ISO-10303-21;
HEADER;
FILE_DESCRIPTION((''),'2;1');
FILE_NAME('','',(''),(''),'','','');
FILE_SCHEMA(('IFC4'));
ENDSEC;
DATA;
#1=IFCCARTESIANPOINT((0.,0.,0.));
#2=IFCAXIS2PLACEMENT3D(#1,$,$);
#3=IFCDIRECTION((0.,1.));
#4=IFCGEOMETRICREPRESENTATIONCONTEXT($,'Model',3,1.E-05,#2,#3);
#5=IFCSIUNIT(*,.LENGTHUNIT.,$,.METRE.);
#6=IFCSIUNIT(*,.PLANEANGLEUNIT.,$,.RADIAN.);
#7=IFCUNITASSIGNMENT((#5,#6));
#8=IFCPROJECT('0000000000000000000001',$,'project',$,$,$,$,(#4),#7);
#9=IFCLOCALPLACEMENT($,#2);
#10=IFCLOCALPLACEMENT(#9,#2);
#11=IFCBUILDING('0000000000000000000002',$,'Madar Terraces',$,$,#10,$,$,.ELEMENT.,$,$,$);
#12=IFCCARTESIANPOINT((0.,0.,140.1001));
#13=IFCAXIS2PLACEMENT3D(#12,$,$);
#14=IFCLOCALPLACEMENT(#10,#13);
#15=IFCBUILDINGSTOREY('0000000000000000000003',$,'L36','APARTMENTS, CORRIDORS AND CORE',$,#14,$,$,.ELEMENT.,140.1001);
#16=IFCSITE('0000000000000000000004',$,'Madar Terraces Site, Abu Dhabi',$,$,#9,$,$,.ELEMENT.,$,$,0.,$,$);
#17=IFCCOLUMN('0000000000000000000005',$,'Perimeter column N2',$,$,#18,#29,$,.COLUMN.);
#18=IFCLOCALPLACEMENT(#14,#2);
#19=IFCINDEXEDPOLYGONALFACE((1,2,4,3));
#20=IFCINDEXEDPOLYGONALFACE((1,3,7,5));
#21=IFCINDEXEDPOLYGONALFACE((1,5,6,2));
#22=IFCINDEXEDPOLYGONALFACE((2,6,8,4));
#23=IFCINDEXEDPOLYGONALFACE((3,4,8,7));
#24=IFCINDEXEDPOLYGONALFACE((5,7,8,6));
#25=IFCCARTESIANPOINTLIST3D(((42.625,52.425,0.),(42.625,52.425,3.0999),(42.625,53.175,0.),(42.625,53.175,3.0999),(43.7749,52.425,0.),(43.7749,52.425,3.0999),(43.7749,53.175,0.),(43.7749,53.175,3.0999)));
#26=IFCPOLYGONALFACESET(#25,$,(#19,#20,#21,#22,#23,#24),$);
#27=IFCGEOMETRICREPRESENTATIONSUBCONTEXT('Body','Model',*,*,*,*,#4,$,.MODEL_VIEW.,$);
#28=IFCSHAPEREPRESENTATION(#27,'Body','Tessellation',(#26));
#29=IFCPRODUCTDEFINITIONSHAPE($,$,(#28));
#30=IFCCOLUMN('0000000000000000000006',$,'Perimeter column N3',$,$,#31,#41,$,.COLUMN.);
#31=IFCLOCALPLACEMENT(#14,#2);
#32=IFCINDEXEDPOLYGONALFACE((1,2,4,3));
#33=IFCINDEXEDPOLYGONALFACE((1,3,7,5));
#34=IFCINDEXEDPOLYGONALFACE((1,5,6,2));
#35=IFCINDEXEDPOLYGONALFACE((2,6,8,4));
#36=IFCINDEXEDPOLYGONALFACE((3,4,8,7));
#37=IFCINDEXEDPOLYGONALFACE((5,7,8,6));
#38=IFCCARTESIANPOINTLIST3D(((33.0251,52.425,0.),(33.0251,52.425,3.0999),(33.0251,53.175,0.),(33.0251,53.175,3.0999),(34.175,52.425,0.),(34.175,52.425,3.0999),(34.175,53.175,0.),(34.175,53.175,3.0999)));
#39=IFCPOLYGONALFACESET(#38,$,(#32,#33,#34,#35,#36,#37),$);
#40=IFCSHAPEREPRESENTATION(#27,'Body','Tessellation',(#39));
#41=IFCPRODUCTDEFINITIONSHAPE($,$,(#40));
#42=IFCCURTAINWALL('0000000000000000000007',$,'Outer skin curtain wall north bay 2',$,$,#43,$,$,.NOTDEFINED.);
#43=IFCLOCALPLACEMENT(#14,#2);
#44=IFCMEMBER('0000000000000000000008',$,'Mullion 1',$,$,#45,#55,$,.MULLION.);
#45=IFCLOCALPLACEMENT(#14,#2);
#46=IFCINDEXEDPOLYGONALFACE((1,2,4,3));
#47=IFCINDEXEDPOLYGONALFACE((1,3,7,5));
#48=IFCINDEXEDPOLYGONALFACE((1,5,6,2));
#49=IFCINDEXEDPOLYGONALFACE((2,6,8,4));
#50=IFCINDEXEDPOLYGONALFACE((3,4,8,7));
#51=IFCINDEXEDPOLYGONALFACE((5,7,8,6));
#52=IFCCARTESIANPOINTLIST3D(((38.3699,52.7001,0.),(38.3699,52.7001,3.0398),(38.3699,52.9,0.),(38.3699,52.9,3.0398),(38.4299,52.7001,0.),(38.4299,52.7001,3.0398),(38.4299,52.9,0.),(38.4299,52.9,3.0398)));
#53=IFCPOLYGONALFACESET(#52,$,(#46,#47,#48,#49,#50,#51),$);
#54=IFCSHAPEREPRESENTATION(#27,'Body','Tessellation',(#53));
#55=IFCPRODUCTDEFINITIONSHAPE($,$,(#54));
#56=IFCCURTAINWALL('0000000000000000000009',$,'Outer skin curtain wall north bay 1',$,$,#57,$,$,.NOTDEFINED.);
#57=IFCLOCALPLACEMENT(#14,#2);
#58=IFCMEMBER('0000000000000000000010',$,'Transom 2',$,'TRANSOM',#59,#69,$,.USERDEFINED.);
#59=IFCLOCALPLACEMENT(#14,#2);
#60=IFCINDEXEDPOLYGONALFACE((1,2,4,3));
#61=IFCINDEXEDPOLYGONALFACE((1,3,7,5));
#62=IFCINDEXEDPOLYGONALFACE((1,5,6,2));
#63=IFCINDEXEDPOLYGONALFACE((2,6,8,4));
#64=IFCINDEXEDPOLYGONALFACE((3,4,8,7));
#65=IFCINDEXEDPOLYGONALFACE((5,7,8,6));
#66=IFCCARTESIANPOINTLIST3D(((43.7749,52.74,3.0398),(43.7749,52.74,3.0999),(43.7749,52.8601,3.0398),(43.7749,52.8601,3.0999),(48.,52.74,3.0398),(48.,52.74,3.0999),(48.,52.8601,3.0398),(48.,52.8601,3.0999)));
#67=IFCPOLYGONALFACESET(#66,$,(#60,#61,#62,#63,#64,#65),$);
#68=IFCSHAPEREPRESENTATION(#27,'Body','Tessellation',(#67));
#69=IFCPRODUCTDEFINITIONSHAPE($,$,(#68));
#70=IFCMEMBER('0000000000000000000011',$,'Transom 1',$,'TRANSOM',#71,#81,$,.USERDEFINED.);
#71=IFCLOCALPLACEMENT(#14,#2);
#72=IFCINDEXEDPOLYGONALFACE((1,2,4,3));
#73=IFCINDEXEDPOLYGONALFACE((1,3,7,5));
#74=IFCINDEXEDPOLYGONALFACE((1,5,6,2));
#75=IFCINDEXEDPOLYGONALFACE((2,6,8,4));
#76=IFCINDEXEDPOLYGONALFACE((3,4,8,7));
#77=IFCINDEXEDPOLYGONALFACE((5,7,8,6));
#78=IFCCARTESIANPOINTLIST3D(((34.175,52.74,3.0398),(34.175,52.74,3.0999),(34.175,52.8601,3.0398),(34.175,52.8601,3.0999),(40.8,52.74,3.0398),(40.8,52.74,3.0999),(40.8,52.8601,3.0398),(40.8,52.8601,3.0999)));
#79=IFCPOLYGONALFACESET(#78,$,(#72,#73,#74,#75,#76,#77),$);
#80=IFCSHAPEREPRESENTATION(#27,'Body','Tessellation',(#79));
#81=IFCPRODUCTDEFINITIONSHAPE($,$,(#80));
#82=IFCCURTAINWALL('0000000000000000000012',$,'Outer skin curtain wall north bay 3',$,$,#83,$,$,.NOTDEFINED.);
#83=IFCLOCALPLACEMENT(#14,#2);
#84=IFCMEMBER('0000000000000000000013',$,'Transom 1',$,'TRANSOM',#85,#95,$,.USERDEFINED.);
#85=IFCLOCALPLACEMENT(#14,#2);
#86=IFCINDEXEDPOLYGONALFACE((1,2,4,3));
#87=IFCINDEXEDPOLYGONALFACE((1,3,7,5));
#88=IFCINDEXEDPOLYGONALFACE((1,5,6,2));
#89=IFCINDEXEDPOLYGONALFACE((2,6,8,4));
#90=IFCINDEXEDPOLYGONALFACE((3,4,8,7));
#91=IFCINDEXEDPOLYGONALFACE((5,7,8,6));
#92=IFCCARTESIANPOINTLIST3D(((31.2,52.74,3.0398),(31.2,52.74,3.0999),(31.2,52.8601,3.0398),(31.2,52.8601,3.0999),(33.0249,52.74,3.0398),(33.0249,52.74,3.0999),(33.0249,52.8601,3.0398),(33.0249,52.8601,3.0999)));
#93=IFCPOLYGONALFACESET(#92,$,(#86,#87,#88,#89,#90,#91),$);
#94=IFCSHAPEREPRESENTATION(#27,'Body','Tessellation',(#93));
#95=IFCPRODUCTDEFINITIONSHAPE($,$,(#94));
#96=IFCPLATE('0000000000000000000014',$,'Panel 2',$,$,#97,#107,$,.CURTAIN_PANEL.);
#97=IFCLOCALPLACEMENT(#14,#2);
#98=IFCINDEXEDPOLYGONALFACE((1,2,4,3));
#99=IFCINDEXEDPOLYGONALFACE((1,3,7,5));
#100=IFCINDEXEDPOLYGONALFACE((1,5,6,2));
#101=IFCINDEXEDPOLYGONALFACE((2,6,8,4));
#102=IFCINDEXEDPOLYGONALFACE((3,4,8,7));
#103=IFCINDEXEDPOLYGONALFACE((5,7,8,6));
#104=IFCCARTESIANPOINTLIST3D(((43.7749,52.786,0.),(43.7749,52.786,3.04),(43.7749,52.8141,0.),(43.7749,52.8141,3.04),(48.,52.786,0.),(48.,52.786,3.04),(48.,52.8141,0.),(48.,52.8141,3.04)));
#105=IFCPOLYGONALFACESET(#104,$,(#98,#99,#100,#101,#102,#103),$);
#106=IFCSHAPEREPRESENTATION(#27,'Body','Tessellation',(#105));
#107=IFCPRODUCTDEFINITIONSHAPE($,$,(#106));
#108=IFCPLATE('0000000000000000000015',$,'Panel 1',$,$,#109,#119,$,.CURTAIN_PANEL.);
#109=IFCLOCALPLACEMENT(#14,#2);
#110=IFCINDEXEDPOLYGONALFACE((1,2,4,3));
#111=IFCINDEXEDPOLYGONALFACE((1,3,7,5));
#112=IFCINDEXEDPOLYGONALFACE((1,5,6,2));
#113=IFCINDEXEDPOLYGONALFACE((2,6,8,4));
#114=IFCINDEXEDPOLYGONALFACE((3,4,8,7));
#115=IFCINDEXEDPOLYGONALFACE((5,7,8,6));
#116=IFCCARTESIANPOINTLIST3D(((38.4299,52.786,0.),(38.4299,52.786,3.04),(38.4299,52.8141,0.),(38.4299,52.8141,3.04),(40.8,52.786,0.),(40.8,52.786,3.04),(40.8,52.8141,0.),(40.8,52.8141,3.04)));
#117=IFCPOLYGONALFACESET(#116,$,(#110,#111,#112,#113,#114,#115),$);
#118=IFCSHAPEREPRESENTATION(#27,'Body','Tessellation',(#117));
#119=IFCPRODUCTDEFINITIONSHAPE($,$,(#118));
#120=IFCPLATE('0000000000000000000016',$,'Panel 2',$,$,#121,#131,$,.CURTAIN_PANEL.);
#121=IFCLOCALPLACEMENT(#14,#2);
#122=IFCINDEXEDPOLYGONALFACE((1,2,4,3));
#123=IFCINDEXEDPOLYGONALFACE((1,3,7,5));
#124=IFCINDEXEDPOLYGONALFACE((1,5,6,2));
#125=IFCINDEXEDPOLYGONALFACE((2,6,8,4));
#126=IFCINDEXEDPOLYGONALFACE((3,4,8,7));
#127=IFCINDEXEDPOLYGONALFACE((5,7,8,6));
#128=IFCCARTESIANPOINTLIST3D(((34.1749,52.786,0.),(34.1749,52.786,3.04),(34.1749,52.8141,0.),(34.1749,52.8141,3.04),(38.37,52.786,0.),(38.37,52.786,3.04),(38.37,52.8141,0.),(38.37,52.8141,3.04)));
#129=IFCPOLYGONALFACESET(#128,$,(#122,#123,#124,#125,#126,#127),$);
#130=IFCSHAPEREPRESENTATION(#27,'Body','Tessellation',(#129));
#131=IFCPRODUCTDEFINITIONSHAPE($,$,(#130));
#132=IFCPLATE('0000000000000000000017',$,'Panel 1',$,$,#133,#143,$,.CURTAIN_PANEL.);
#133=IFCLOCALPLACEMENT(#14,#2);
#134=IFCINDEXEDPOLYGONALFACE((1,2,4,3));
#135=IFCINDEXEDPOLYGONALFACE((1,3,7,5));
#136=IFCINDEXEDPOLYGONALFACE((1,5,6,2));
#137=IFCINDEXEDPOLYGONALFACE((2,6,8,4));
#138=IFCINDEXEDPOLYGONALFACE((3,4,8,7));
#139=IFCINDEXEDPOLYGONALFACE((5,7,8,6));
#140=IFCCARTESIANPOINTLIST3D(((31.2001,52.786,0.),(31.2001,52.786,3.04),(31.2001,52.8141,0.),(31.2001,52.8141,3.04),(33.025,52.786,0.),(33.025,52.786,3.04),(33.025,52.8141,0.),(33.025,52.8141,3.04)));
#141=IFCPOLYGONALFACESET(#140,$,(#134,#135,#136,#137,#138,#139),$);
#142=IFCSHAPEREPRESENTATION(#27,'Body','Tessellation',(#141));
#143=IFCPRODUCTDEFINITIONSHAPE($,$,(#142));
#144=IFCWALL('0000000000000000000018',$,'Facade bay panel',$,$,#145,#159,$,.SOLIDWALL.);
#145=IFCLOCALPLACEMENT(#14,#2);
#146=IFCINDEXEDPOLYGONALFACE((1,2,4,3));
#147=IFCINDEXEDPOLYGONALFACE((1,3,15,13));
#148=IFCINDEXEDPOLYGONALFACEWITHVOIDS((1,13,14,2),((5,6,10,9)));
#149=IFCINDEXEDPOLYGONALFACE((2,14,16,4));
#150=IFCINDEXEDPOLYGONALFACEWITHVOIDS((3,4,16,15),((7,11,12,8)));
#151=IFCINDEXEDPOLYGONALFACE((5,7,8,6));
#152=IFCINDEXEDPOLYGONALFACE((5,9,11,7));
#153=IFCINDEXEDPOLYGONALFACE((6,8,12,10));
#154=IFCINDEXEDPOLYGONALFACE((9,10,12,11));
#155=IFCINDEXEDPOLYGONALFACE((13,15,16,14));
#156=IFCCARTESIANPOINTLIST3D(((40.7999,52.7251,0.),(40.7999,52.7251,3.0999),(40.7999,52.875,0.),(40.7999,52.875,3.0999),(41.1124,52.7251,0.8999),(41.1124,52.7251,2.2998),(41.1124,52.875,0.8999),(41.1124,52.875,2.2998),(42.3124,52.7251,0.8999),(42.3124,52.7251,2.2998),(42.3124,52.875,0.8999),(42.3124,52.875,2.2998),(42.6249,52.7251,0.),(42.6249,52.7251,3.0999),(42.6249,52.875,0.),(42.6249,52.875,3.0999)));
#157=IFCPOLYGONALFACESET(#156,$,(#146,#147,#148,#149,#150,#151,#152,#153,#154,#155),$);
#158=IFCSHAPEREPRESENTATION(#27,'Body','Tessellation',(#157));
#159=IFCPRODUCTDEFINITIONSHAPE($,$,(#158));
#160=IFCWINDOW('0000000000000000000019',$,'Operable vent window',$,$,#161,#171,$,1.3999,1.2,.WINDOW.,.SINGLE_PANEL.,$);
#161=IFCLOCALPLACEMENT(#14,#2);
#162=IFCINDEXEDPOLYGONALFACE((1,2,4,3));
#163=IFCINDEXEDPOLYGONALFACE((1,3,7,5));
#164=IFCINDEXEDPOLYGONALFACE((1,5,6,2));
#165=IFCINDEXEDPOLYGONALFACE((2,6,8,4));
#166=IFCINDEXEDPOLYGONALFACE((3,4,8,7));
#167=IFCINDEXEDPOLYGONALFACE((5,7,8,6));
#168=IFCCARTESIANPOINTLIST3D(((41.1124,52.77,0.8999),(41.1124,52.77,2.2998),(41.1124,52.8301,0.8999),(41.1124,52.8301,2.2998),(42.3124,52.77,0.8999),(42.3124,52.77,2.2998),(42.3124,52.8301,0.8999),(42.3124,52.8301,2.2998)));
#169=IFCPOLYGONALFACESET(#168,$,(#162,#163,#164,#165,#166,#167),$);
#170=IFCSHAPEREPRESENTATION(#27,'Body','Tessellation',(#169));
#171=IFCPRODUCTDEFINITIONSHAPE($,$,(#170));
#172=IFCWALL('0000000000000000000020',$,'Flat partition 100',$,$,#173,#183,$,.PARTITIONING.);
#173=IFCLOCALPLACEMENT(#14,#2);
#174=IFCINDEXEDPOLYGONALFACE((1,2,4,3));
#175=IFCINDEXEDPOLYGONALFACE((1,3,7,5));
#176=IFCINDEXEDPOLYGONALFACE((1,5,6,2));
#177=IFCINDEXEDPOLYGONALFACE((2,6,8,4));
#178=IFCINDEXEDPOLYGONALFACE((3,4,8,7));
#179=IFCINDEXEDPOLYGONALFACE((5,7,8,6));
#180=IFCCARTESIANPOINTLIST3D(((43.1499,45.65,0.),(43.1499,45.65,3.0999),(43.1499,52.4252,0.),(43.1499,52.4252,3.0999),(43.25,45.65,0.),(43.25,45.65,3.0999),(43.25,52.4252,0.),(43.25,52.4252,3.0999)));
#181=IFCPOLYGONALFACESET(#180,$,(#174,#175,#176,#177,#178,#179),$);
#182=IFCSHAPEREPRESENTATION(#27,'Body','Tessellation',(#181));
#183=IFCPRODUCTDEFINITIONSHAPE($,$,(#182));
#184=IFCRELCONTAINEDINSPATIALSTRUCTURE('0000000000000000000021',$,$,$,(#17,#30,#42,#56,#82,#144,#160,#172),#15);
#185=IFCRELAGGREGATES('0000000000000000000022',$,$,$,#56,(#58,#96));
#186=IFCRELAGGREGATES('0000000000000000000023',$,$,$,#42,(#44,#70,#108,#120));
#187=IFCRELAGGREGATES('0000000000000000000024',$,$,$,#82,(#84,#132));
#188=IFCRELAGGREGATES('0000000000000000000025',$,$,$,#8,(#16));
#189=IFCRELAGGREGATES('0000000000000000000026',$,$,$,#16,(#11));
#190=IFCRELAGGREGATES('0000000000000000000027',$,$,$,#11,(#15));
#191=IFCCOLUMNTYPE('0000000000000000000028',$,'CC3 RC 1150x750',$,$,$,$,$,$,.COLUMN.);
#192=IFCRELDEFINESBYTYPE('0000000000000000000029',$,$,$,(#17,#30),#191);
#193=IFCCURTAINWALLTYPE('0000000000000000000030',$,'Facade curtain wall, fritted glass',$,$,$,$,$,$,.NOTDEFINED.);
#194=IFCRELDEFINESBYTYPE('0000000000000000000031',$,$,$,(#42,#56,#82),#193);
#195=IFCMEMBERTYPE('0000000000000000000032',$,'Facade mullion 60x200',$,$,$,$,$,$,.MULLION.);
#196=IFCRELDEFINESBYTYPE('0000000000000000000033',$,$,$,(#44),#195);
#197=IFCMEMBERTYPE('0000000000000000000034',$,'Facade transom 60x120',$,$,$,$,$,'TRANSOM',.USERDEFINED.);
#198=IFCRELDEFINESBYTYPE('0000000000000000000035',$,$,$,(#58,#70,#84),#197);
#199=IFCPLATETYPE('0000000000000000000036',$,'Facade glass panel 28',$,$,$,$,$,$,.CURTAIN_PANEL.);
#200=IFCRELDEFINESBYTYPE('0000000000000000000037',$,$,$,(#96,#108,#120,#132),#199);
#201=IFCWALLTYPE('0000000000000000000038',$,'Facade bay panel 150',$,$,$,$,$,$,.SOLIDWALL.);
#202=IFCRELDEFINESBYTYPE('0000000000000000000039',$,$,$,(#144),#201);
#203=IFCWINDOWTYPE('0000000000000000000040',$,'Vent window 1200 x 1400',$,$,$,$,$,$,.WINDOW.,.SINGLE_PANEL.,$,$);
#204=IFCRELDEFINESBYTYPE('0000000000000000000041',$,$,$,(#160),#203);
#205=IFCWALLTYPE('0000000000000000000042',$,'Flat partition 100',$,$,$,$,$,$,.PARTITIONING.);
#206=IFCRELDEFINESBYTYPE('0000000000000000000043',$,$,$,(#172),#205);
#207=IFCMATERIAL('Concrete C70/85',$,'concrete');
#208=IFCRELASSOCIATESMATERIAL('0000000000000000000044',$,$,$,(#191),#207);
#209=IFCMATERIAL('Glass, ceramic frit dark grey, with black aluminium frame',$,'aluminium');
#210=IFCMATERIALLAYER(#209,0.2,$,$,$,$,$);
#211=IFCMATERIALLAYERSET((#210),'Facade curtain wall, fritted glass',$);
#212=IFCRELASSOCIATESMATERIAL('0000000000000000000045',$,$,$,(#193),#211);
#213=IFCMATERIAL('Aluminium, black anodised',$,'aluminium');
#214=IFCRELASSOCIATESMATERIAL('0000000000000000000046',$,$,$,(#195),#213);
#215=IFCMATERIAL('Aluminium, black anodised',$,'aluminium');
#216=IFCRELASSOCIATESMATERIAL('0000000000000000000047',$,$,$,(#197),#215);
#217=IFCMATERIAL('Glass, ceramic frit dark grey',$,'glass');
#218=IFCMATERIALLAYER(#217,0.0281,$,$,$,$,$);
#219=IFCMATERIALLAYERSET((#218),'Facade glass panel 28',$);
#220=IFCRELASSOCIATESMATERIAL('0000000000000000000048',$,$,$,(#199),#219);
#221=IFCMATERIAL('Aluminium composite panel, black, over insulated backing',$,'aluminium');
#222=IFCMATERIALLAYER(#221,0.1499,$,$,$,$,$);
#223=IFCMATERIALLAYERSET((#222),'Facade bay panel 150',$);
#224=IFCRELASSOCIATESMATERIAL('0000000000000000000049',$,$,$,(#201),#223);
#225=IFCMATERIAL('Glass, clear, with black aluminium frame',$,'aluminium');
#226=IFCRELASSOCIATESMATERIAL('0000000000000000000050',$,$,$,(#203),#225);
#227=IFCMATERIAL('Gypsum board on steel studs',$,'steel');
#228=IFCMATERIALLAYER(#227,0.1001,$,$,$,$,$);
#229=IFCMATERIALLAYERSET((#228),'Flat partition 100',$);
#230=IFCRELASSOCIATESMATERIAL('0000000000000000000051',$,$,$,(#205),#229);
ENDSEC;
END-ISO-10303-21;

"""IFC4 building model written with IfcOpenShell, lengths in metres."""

from ifc_helpers import new_model, si_unit, direction, frame, frame_2d, origin, origin_2d, place, context, subcontext, project, spatial, rectangle, extrude, material, layer, layer_set, material_profile, profile_set, type_object, element, fill, aggregate, save


model = new_model("IFC4")

# Units and contexts
model_context = context("Model", 3, precision=1e-05, world=origin(), true_north=direction((0.0, 1.0)))
body_context = subcontext(model_context, "Body", "Model", "MODEL_VIEW")
ifc_project = project(units=[si_unit("LENGTHUNIT", "METRE"), si_unit("PLANEANGLEUNIT", "RADIAN")], contexts=[model_context])

# Site, building, storey
site_placement = place(None, origin())
site = spatial("IfcSite", under=ifc_project, at=site_placement, Name="Madar Terraces Site, Abu Dhabi", CompositionType="ELEMENT", RefElevation=0.0)
building_placement = place(site_placement, origin())
building = spatial("IfcBuilding", under=site, at=building_placement, Name="Madar Terraces", CompositionType="ELEMENT")
storey_placement = place(building_placement, frame((0.0, 0.0, 140.1001)))
storey = spatial("IfcBuildingStorey", under=building, at=storey_placement, Name="L36", Description="APARTMENTS, CORRIDORS AND CORE", CompositionType="ELEMENT", Elevation=140.1001)

# Columns
ifc_material_1 = material(Name="Concrete C70/85", Category="concrete")
ifc_material_profile_1 = material_profile(ifc_material_1, rectangle(XDim=1.1499, YDim=0.75, at=origin_2d()), Name="CC3 RC 1150x750")
ifc_profile_set_1 = profile_set([ifc_material_profile_1], Name="Concrete C70/85")
column_type = type_object("IfcColumnType", Name="CC3 RC 1150x750", PredefinedType="COLUMN", material=ifc_profile_set_1)
for number, where, z_axis, x_axis, name in (
    (1, (43.2, 52.8, 0.0), (0.0, 0.0, 1.0), (1.0, 0.0, 0.0), "Perimeter column N2"),
    (2, (33.6001, 52.8, 0.0), (0.0, 0.0, 1.0), (1.0, 0.0, 0.0), "Perimeter column N3"),
):
    element("IfcColumn", number, at=place(storey_placement, frame(where, z_axis=z_axis, x_axis=x_axis)), inside=storey, type_object=column_type, Name=name, PredefinedType="COLUMN", context=body_context, shape_type="SweptSolid", body=[
        extrude(rectangle(XDim=1.1499, YDim=0.75, at=origin_2d()), origin(), (0.0, 0.0, 1.0), 3.0999),
    ])

# Curtain walls, members
ifc_material_2 = material(Name="Glass, ceramic frit dark grey, with black aluminium frame", Category="aluminium")
ifc_layer_1 = layer(ifc_material_2, 0.2)
ifc_layer_set_1 = layer_set([ifc_layer_1], Name="Facade curtain wall, fritted glass")
curtain_wall_type = type_object("IfcCurtainWallType", Name="Facade curtain wall, fritted glass", PredefinedType="NOTDEFINED", material=ifc_layer_set_1)
curtain_wall_1_placement = place(storey_placement, origin())
curtain_wall_1 = element("IfcCurtainWall", 3, at=curtain_wall_1_placement, inside=storey, type_object=curtain_wall_type, Name="Outer skin curtain wall north bay 2", PredefinedType="NOTDEFINED")
ifc_material_3 = material(Name="Aluminium, black anodised", Category="aluminium")
ifc_material_profile_2 = material_profile(ifc_material_3, rectangle(XDim=0.2, YDim=0.0601, at=origin_2d()), Name="Facade mullion 60x200")
ifc_profile_set_2 = profile_set([ifc_material_profile_2], Name="Aluminium, black anodised")
member_type_1 = type_object("IfcMemberType", Name="Facade mullion 60x200", PredefinedType="MULLION", material=ifc_profile_set_2)
member_1_placement = place(storey_placement, frame((38.3999, 52.8, 0.0), z_axis=(0.0, 0.0, 1.0), x_axis=(0.0, -1.0, 0.0)))
member_1 = element("IfcMember", 4, at=member_1_placement, type_object=member_type_1, Name="Mullion 1", PredefinedType="MULLION", context=body_context, shape_type="SweptSolid", body=[
    extrude(rectangle(XDim=0.2, YDim=0.0601, at=origin_2d()), origin(), (0.0, 0.0, 1.0), 3.0398),
])
curtain_wall_2_placement = place(storey_placement, origin())
curtain_wall_2 = element("IfcCurtainWall", 5, at=curtain_wall_2_placement, inside=storey, type_object=curtain_wall_type, Name="Outer skin curtain wall north bay 1", PredefinedType="NOTDEFINED")
ifc_material_4 = material(Name="Aluminium, black anodised", Category="aluminium")
ifc_material_profile_3 = material_profile(ifc_material_4, rectangle(XDim=0.1201, YDim=0.0601, at=origin_2d()), Name="Facade transom 60x120")
ifc_profile_set_3 = profile_set([ifc_material_profile_3], Name="Aluminium, black anodised")
member_type_2 = type_object("IfcMemberType", Name="Facade transom 60x120", ElementType="TRANSOM", PredefinedType="USERDEFINED", material=ifc_profile_set_3)
member_2_placement = place(storey_placement, frame((48.0, 52.8, 3.0698), z_axis=(-1.0, 0.0, 0.0), x_axis=(0.0, -1.0, 0.0)))
member_2 = element("IfcMember", 6, at=member_2_placement, type_object=member_type_2, Name="Transom 2", ObjectType="TRANSOM", PredefinedType="USERDEFINED", context=body_context, shape_type="SweptSolid", body=[
    extrude(rectangle(XDim=0.1201, YDim=0.0601, at=origin_2d()), origin(), (0.0, 0.0, 1.0), 4.2251),
])

# Member
member_3_placement = place(storey_placement, frame((40.8, 52.8, 3.0698), z_axis=(-1.0, 0.0, 0.0), x_axis=(0.0, -1.0, 0.0)))
member_3 = element("IfcMember", 7, at=member_3_placement, type_object=member_type_2, Name="Transom 1", ObjectType="TRANSOM", PredefinedType="USERDEFINED", context=body_context, shape_type="SweptSolid", body=[
    extrude(rectangle(XDim=0.1201, YDim=0.0601, at=origin_2d()), origin(), (0.0, 0.0, 1.0), 6.625),
])

# Curtain wall, member
curtain_wall_3_placement = place(storey_placement, origin())
curtain_wall_3 = element("IfcCurtainWall", 8, at=curtain_wall_3_placement, inside=storey, type_object=curtain_wall_type, Name="Outer skin curtain wall north bay 3", PredefinedType="NOTDEFINED")
member_4_placement = place(storey_placement, frame((33.0249, 52.8, 3.0698), z_axis=(-1.0, 0.0, 0.0), x_axis=(0.0, -1.0, 0.0)))
member_4 = element("IfcMember", 9, at=member_4_placement, type_object=member_type_2, Name="Transom 1", ObjectType="TRANSOM", PredefinedType="USERDEFINED", context=body_context, shape_type="SweptSolid", body=[
    extrude(rectangle(XDim=0.1201, YDim=0.0601, at=origin_2d()), origin(), (0.0, 0.0, 1.0), 1.825),
])

# Plates
ifc_material_5 = material(Name="Glass, ceramic frit dark grey", Category="glass")
ifc_layer_2 = layer(ifc_material_5, 0.0281)
ifc_layer_set_2 = layer_set([ifc_layer_2], Name="Facade glass panel 28")
plate_type = type_object("IfcPlateType", Name="Facade glass panel 28", PredefinedType="CURTAIN_PANEL", material=ifc_layer_set_2)
plate_1_placement = place(storey_placement, frame((45.8875, 52.8, 0.0), z_axis=(0.0, 0.0, 1.0), x_axis=(-1.0, 0.0, 0.0)))
plate_1 = element("IfcPlate", 10, at=plate_1_placement, type_object=plate_type, Name="Panel 2", PredefinedType="CURTAIN_PANEL", context=body_context, shape_type="SweptSolid", body=[
    extrude(rectangle(XDim=4.2251, YDim=0.0281, at=origin_2d()), origin(), (0.0, 0.0, 1.0), 3.04),
])
aggregate(curtain_wall_2, [member_2, plate_1])
plate_2_placement = place(storey_placement, frame((39.615, 52.8, 0.0), z_axis=(0.0, 0.0, 1.0), x_axis=(-1.0, 0.0, 0.0)))
plate_2 = element("IfcPlate", 11, at=plate_2_placement, type_object=plate_type, Name="Panel 1", PredefinedType="CURTAIN_PANEL", context=body_context, shape_type="SweptSolid", body=[
    extrude(rectangle(XDim=2.3701, YDim=0.0281, at=origin_2d()), origin(), (0.0, 0.0, 1.0), 3.04),
])
plate_3_placement = place(storey_placement, frame((36.2725, 52.8, 0.0), z_axis=(0.0, 0.0, 1.0), x_axis=(-1.0, 0.0, 0.0)))
plate_3 = element("IfcPlate", 12, at=plate_3_placement, type_object=plate_type, Name="Panel 2", PredefinedType="CURTAIN_PANEL", context=body_context, shape_type="SweptSolid", body=[
    extrude(rectangle(XDim=4.1951, YDim=0.0281, at=origin_2d()), origin(), (0.0, 0.0, 1.0), 3.04),
])
aggregate(curtain_wall_1, [member_1, member_3, plate_2, plate_3])
plate_4_placement = place(storey_placement, frame((32.1125, 52.8, 0.0), z_axis=(0.0, 0.0, 1.0), x_axis=(-1.0, 0.0, 0.0)))
plate_4 = element("IfcPlate", 13, at=plate_4_placement, type_object=plate_type, Name="Panel 1", PredefinedType="CURTAIN_PANEL", context=body_context, shape_type="SweptSolid", body=[
    extrude(rectangle(XDim=1.825, YDim=0.0281, at=origin_2d()), origin(), (0.0, 0.0, 1.0), 3.04),
])
aggregate(curtain_wall_3, [member_4, plate_4])

# Wall, opening, window
ifc_material_6 = material(Name="Aluminium composite panel, black, over insulated backing", Category="aluminium")
ifc_layer_3 = layer(ifc_material_6, 0.1499)
ifc_layer_set_3 = layer_set([ifc_layer_3], Name="Facade bay panel 150")
wall_type_1 = type_object("IfcWallType", Name="Facade bay panel 150", PredefinedType="SOLIDWALL", material=ifc_layer_set_3)
wall_1_placement = place(storey_placement, frame((42.625, 52.8, 0.0), z_axis=(0.0, 0.0, 1.0), x_axis=(-1.0, 0.0, 0.0)))
wall_1 = element("IfcWall", 14, at=wall_1_placement, inside=storey, type_object=wall_type_1, Name="Facade bay panel", PredefinedType="SOLIDWALL", context=body_context, shape_type="SweptSolid", body=[
    extrude(rectangle(XDim=1.825, YDim=0.1499, at=frame_2d((0.9126, 0.0))), origin(), (0.0, 0.0, 1.0), 3.0999),
])
opening_1_placement = place(wall_1_placement, frame((0.3125, 0.0, 0.8999)))
opening_1 = element("IfcOpeningElement", 15, at=opening_1_placement, cuts=wall_1, PredefinedType="OPENING", context=body_context, shape_type="SweptSolid", body=[
    extrude(rectangle(XDim=1.2, YDim=1.3999, at=frame_2d((0.6001, 0.7))), frame((0.0, 0.085, 0.0), z_axis=(0.0, -1.0, 0.0), x_axis=(1.0, 0.0, 0.0)), (0.0, 0.0, 1.0), 0.1699),
])
ifc_material_7 = material(Name="Glass, clear, with black aluminium frame", Category="aluminium")
window_type = type_object("IfcWindowType", Name="Vent window 1200 x 1400", PartitioningType="SINGLE_PANEL", PredefinedType="WINDOW", material=ifc_material_7)
window_placement = place(opening_1_placement, origin())
window = element("IfcWindow", 16, at=window_placement, inside=storey, type_object=window_type, Name="Operable vent window", OverallHeight=1.3999, OverallWidth=1.2, PartitioningType="SINGLE_PANEL", PredefinedType="WINDOW", context=body_context, shape_type="SweptSolid", body=[
    extrude(rectangle(XDim=1.2, YDim=1.3999, at=frame_2d((0.6001, 0.7))), frame((0.0, 0.03, 0.0), z_axis=(0.0, -1.0, 0.0), x_axis=(1.0, 0.0, 0.0)), (0.0, 0.0, 1.0), 0.0601),
])
fill(opening_1, window)

# Wall
ifc_material_8 = material(Name="Gypsum board on steel studs", Category="steel")
ifc_layer_4 = layer(ifc_material_8, 0.1001)
ifc_layer_set_4 = layer_set([ifc_layer_4], Name="Flat partition 100")
wall_type_2 = type_object("IfcWallType", Name="Flat partition 100", PredefinedType="PARTITIONING", material=ifc_layer_set_4)
wall_2_placement = place(storey_placement, frame((43.2, 45.6499, 0.0), z_axis=(0.0, 0.0, 1.0), x_axis=(0.0, 1.0, 0.0)))
element("IfcWall", 17, at=wall_2_placement, inside=storey, type_object=wall_type_2, Name="Flat partition 100", PredefinedType="PARTITIONING", context=body_context, shape_type="SweptSolid", body=[
    extrude(rectangle(XDim=6.7751, YDim=0.1001, at=frame_2d((3.3877, 0.0))), origin(), (0.0, 0.0, 1.0), 3.0999),
])

save(model, "model.ifc")
